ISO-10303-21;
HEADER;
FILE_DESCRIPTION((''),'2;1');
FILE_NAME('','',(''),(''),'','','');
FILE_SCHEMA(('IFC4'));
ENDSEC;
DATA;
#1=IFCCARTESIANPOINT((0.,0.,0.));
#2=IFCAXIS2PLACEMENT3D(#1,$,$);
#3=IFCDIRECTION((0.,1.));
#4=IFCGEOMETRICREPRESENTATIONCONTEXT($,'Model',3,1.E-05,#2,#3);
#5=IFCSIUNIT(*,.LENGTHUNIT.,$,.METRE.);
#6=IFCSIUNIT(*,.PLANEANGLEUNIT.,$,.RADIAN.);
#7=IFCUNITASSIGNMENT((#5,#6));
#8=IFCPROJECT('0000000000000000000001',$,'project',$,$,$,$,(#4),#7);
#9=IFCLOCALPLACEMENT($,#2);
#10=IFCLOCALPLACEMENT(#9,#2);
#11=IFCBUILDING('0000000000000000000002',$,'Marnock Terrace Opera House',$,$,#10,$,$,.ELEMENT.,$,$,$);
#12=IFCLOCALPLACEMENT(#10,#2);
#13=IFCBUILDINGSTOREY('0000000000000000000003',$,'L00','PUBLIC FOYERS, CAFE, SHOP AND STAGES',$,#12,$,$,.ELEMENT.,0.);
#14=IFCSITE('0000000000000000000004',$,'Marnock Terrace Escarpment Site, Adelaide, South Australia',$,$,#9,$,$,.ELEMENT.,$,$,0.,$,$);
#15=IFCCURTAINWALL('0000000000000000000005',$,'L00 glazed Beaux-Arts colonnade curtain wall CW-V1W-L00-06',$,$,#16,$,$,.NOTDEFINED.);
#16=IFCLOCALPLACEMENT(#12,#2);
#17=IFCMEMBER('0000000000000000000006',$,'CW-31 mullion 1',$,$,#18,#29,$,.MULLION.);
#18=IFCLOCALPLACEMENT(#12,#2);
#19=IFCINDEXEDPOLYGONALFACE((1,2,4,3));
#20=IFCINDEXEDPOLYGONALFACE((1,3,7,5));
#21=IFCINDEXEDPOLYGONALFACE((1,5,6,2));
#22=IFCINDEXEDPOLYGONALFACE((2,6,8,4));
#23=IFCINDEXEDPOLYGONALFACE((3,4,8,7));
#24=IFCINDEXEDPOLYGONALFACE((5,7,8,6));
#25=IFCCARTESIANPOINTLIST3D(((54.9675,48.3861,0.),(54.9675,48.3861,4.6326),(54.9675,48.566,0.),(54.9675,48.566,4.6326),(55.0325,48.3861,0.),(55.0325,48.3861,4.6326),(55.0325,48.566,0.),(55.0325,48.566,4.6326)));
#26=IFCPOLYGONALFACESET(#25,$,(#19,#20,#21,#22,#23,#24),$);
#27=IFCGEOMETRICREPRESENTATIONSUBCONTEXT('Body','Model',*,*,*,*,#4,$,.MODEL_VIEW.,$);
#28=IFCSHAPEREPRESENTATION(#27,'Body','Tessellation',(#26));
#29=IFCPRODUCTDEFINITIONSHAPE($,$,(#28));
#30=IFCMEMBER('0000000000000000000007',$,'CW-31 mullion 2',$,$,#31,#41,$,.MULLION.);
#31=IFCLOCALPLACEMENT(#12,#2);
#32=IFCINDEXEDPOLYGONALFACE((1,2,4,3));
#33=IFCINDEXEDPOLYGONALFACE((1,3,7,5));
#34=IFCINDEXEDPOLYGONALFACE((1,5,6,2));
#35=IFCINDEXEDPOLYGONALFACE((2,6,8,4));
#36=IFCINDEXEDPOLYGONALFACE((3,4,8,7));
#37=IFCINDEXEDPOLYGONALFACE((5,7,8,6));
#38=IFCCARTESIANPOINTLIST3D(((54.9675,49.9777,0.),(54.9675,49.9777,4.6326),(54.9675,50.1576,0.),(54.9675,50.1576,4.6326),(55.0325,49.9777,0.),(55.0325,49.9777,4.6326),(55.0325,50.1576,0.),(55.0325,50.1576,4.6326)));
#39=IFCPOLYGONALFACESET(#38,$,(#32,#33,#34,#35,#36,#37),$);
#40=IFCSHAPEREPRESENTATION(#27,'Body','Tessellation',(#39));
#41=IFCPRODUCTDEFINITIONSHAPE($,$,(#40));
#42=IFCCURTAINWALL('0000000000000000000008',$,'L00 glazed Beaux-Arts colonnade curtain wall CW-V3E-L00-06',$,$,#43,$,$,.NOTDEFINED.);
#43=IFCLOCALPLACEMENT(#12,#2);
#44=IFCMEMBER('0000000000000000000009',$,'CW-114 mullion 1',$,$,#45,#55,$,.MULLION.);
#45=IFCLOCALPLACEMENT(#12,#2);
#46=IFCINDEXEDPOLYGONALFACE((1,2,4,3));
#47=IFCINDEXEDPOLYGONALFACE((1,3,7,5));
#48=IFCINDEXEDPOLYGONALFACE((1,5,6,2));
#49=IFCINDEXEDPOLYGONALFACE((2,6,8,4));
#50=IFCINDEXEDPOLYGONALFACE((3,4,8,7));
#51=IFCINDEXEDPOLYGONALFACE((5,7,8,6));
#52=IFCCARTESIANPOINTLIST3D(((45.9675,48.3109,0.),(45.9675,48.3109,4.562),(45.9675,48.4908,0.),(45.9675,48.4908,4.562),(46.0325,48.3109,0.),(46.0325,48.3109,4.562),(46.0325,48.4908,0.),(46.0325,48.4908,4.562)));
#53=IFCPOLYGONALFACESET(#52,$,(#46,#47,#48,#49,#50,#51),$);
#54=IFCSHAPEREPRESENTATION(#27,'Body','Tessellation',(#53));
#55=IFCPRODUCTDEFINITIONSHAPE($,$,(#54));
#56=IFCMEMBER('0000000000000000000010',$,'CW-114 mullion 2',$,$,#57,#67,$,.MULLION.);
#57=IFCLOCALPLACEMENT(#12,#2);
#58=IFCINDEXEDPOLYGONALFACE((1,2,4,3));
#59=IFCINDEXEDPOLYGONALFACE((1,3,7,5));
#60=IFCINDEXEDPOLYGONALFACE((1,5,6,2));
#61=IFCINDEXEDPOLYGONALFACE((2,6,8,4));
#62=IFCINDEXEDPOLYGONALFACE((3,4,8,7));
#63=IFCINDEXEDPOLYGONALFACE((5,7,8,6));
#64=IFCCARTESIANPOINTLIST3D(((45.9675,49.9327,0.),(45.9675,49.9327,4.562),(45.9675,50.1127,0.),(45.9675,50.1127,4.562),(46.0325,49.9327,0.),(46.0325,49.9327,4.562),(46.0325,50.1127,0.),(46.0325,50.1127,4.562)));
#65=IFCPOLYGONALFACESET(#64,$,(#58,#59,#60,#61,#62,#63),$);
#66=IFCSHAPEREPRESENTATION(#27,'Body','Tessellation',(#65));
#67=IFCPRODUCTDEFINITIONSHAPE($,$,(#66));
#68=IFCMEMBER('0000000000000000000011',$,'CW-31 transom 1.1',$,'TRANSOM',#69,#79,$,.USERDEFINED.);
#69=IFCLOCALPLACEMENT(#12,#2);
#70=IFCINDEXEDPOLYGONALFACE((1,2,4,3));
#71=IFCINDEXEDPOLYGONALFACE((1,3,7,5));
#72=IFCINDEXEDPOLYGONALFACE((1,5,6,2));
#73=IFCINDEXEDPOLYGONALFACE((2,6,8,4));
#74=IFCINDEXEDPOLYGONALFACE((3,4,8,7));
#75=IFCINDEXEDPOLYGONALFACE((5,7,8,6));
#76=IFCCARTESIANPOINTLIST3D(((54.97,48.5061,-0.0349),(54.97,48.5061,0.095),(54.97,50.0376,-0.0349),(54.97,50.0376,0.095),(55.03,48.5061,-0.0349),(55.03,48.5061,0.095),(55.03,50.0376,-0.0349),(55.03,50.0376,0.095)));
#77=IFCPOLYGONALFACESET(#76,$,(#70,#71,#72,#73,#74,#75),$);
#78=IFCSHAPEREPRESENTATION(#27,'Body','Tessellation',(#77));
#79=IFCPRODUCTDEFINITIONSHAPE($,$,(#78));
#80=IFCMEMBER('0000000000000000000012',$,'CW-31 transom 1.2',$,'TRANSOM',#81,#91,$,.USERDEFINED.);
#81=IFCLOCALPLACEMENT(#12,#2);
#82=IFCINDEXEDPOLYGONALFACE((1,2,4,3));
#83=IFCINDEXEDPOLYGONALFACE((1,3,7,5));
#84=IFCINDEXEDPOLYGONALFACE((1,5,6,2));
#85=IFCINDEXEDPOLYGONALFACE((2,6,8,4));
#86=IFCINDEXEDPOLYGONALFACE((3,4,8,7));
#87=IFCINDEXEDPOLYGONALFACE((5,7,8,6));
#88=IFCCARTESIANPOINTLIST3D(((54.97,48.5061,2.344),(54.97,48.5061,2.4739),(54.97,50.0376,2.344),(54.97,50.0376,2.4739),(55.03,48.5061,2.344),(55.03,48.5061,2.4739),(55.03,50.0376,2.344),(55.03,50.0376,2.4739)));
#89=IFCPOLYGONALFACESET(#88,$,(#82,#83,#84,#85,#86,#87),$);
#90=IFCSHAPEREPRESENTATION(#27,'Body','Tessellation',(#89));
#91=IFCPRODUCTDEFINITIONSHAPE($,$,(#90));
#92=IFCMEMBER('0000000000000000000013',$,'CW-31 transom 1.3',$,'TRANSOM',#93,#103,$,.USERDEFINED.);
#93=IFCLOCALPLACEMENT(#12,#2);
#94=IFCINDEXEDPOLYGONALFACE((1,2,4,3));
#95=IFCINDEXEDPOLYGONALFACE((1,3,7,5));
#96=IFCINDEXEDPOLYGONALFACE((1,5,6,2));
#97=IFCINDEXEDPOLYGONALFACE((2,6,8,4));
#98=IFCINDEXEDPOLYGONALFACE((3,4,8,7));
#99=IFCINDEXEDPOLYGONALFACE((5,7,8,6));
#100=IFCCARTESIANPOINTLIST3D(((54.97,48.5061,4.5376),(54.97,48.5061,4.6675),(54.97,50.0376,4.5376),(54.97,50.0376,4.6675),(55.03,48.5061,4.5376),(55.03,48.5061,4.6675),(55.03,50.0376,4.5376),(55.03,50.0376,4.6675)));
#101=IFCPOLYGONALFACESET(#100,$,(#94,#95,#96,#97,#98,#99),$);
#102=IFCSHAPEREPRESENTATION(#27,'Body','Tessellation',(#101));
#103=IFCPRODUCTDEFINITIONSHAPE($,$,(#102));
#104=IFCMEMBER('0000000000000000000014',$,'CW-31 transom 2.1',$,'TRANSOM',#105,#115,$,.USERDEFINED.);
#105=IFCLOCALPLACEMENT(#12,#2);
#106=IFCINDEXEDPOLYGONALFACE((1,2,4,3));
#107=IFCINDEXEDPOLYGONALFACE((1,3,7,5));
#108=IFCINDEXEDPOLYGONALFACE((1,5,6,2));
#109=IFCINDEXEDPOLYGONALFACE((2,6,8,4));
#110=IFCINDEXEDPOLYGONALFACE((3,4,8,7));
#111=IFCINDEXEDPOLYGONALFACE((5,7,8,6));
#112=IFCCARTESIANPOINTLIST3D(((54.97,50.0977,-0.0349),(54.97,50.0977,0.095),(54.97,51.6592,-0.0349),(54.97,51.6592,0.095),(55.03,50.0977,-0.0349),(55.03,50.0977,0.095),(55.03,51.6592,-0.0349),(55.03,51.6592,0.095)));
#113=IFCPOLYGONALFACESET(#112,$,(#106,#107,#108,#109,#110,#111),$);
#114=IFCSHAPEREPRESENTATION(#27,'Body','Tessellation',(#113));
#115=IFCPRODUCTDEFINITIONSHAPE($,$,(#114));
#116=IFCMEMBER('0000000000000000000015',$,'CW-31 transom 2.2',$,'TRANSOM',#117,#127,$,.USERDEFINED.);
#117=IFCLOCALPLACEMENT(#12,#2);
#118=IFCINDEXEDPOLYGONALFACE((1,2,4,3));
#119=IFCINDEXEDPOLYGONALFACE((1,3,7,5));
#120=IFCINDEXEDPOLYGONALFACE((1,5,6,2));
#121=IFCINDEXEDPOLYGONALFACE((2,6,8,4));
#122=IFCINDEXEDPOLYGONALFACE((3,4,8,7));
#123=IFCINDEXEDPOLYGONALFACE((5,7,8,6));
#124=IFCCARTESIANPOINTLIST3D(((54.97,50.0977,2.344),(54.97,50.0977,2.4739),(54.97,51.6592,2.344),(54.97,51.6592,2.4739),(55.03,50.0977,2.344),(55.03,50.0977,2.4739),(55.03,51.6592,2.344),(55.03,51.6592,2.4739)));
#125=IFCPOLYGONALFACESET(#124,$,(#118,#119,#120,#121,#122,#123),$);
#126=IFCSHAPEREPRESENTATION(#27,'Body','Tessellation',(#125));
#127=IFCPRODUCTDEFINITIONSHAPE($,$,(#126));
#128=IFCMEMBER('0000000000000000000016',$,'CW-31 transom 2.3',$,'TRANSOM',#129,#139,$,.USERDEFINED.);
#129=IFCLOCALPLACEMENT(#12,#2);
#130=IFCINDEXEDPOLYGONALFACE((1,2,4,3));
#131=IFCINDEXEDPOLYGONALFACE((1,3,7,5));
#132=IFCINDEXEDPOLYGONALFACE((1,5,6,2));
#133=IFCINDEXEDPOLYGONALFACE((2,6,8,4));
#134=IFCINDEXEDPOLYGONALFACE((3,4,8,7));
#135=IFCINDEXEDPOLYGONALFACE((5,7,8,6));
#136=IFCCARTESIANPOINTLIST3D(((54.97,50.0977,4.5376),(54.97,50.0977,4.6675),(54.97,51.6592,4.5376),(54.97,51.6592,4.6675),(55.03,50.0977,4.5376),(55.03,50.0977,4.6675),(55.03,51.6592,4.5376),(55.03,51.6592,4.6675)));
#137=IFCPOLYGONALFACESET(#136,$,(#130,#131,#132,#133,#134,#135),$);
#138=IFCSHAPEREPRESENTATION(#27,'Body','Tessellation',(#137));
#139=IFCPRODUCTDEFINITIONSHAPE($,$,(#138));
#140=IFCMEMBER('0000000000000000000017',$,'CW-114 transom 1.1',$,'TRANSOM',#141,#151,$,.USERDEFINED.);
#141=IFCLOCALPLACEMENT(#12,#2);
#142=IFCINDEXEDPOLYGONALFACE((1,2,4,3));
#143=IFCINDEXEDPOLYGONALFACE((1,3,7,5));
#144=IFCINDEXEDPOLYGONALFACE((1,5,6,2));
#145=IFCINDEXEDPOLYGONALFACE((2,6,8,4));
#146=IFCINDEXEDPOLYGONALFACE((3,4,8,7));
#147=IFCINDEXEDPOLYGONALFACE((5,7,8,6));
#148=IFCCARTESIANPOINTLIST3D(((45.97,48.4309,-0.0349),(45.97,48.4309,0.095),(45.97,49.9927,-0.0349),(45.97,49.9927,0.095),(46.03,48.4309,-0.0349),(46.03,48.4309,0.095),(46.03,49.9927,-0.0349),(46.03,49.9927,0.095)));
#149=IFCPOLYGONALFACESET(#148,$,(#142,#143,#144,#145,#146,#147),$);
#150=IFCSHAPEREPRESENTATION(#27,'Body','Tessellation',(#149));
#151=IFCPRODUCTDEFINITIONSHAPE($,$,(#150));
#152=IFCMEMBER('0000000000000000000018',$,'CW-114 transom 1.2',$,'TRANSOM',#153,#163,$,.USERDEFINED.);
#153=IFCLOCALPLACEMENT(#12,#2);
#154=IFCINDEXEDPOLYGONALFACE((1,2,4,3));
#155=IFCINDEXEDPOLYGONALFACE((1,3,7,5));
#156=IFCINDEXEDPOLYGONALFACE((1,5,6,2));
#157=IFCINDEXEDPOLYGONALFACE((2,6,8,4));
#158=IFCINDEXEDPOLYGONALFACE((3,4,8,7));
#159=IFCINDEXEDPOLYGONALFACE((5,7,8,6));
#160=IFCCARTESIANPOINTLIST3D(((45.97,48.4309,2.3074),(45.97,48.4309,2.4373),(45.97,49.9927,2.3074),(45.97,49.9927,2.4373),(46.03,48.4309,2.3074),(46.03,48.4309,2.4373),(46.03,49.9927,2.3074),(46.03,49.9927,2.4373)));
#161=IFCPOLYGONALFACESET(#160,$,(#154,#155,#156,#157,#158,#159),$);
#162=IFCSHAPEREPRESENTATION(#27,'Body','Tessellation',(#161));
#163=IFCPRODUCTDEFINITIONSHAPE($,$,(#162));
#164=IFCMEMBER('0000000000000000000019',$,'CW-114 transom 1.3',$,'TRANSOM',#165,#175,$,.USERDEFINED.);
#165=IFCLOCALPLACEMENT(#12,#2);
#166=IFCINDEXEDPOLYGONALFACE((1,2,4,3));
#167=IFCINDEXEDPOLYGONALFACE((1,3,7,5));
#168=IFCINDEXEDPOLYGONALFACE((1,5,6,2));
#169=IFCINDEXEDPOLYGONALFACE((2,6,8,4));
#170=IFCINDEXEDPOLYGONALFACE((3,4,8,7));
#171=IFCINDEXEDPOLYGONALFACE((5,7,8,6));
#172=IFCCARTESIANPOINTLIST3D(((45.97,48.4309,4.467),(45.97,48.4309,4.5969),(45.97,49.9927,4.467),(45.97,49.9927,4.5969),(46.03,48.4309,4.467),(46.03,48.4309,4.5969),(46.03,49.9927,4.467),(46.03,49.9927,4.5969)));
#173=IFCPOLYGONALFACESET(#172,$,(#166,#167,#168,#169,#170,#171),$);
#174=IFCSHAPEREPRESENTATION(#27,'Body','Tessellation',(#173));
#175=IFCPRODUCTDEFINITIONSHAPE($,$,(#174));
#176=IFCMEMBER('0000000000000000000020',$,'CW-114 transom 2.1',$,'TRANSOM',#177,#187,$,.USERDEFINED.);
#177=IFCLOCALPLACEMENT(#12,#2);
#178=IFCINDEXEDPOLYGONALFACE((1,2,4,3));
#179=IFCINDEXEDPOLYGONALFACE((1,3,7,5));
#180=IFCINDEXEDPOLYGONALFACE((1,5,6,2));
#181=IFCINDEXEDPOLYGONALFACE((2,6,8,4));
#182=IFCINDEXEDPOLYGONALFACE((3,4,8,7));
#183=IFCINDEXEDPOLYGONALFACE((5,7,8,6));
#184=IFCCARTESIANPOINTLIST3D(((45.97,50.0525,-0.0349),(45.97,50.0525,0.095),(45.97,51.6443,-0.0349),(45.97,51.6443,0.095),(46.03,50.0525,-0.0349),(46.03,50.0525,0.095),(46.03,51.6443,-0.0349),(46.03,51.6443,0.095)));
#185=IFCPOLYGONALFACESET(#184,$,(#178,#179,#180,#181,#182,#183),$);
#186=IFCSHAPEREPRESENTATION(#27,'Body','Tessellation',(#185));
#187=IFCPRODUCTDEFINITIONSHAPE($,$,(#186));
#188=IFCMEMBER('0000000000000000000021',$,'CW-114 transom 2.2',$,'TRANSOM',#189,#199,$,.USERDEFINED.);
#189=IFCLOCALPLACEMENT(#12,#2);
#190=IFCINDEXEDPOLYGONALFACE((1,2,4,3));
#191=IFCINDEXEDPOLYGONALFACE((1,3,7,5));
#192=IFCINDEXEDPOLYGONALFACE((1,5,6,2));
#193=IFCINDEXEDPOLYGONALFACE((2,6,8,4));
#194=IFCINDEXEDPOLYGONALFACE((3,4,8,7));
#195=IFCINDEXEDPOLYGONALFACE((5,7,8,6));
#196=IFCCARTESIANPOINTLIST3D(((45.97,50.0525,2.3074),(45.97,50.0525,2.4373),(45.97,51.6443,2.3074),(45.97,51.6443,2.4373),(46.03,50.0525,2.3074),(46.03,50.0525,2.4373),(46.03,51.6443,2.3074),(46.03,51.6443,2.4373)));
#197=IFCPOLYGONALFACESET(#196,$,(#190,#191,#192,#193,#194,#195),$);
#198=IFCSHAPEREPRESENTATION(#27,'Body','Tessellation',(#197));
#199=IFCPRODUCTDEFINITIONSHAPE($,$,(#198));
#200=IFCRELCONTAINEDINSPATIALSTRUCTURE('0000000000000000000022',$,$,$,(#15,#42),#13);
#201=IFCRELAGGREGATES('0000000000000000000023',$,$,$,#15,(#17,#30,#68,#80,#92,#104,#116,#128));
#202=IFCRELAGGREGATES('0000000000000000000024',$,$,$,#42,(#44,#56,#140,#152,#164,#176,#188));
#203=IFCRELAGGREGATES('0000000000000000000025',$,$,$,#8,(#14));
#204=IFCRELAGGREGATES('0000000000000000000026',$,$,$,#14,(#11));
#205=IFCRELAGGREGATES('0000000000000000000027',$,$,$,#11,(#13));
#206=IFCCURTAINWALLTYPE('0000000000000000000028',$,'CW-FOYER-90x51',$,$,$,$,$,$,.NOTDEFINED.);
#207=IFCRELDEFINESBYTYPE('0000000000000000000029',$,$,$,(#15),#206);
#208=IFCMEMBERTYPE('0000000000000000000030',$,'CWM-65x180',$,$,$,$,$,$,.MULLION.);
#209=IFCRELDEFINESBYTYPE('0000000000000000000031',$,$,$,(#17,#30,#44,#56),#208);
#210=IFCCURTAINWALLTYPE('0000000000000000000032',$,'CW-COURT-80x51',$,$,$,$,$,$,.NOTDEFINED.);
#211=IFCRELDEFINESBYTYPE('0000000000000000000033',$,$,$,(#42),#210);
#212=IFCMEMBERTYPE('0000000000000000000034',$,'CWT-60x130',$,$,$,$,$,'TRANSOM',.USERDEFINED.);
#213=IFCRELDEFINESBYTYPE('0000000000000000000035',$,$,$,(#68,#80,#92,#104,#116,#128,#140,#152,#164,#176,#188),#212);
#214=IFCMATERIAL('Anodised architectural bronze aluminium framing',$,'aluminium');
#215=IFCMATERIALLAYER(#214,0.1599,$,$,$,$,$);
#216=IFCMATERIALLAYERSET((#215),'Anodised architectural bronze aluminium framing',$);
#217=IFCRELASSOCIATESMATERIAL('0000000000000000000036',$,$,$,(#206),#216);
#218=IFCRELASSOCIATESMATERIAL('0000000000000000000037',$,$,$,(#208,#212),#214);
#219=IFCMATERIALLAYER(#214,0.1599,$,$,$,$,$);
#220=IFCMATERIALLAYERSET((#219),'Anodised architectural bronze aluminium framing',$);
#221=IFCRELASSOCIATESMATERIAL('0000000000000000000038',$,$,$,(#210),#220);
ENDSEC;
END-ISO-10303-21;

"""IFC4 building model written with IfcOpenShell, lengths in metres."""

from ifc_helpers import new_model, si_unit, direction, frame, origin, origin_2d, place, context, subcontext, project, spatial, rectangle, extrude, material, layer, layer_set, material_profile, profile_set, type_object, element, aggregate, save


model = new_model("IFC4")

# Units and contexts
model_context = context("Model", 3, precision=1e-05, world=origin(), true_north=direction((0.0, 1.0)))
body_context = subcontext(model_context, "Body", "Model", "MODEL_VIEW")
ifc_project = project(units=[si_unit("LENGTHUNIT", "METRE"), si_unit("PLANEANGLEUNIT", "RADIAN")], contexts=[model_context])

# Site, building, storey
site_placement = place(None, origin())
site = spatial("IfcSite", under=ifc_project, at=site_placement, Name="Marnock Terrace Escarpment Site, Adelaide, South Australia", CompositionType="ELEMENT", RefElevation=0.0)
building_placement = place(site_placement, origin())
building = spatial("IfcBuilding", under=site, at=building_placement, Name="Marnock Terrace Opera House", CompositionType="ELEMENT")
storey_placement = place(building_placement, origin())
storey = spatial("IfcBuildingStorey", under=building, at=storey_placement, Name="L00", Description="PUBLIC FOYERS, CAFE, SHOP AND STAGES", CompositionType="ELEMENT", Elevation=0.0)

# Curtain walls, members
ifc_material_1 = material(Name="Anodised architectural bronze aluminium framing", Category="aluminium")
ifc_layer_1 = layer(ifc_material_1, 0.1599)
ifc_layer_set_1 = layer_set([ifc_layer_1], Name="Anodised architectural bronze aluminium framing")
curtain_wall_type_1 = type_object("IfcCurtainWallType", Name="CW-FOYER-90x51", PredefinedType="NOTDEFINED", material=ifc_layer_set_1)
curtain_wall_1_placement = place(storey_placement, origin())
curtain_wall_1 = element("IfcCurtainWall", 1, at=curtain_wall_1_placement, inside=storey, type_object=curtain_wall_type_1, Name="L00 glazed Beaux-Arts colonnade curtain wall CW-V1W-L00-06", PredefinedType="NOTDEFINED")
ifc_material_profile_1 = material_profile(ifc_material_1, rectangle(XDim=0.0649, YDim=0.1799, at=origin_2d()))
ifc_profile_set_1 = profile_set([ifc_material_profile_1], Name="Anodised architectural bronze aluminium framing")
member_type_1 = type_object("IfcMemberType", Name="CWM-65x180", PredefinedType="MULLION", material=ifc_profile_set_1)
member_1_placement = place(storey_placement, frame((55.0, 48.4761, 0.0), z_axis=(0.0, 0.0, 1.0), x_axis=(-1.0, 0.0, 0.0)))
member_1 = element("IfcMember", 2, at=member_1_placement, type_object=member_type_1, Name="CW-31 mullion 1", PredefinedType="MULLION", context=body_context, shape_type="SweptSolid", body=[
    extrude(rectangle(XDim=0.0649, YDim=0.1799, at=origin_2d()), origin(), (0.0, 0.0, 1.0), 4.6326),
])
member_2_placement = place(storey_placement, frame((55.0, 50.0676, 0.0), z_axis=(0.0, 0.0, 1.0), x_axis=(-1.0, 0.0, 0.0)))
member_2 = element("IfcMember", 3, at=member_2_placement, type_object=member_type_1, Name="CW-31 mullion 2", PredefinedType="MULLION", context=body_context, shape_type="SweptSolid", body=[
    extrude(rectangle(XDim=0.0649, YDim=0.1799, at=origin_2d()), origin(), (0.0, 0.0, 1.0), 4.6326),
])
ifc_layer_2 = layer(ifc_material_1, 0.1599)
ifc_layer_set_2 = layer_set([ifc_layer_2], Name="Anodised architectural bronze aluminium framing")
curtain_wall_type_2 = type_object("IfcCurtainWallType", Name="CW-COURT-80x51", PredefinedType="NOTDEFINED", material=ifc_layer_set_2)
curtain_wall_2_placement = place(storey_placement, origin())
curtain_wall_2 = element("IfcCurtainWall", 4, at=curtain_wall_2_placement, inside=storey, type_object=curtain_wall_type_2, Name="L00 glazed Beaux-Arts colonnade curtain wall CW-V3E-L00-06", PredefinedType="NOTDEFINED")
member_3_placement = place(storey_placement, frame((46.0, 48.4009, 0.0), z_axis=(0.0, 0.0, 1.0), x_axis=(-1.0, 0.0, 0.0)))
member_3 = element("IfcMember", 5, at=member_3_placement, type_object=member_type_1, Name="CW-114 mullion 1", PredefinedType="MULLION", context=body_context, shape_type="SweptSolid", body=[
    extrude(rectangle(XDim=0.0649, YDim=0.1799, at=origin_2d()), origin(), (0.0, 0.0, 1.0), 4.562),
])
member_4_placement = place(storey_placement, frame((46.0, 50.0227, 0.0), z_axis=(0.0, 0.0, 1.0), x_axis=(-1.0, 0.0, 0.0)))
member_4 = element("IfcMember", 6, at=member_4_placement, type_object=member_type_1, Name="CW-114 mullion 2", PredefinedType="MULLION", context=body_context, shape_type="SweptSolid", body=[
    extrude(rectangle(XDim=0.0649, YDim=0.1799, at=origin_2d()), origin(), (0.0, 0.0, 1.0), 4.562),
])

# Members
ifc_material_profile_2 = material_profile(ifc_material_1, rectangle(XDim=0.0601, YDim=0.1299, at=origin_2d()))
ifc_profile_set_2 = profile_set([ifc_material_profile_2], Name="Anodised architectural bronze aluminium framing")
member_type_2 = type_object("IfcMemberType", Name="CWT-60x130", ElementType="TRANSOM", PredefinedType="USERDEFINED", material=ifc_profile_set_2)
member_5_placement = place(storey_placement, frame((55.0, 48.5061, 0.03), z_axis=(0.0, 1.0, 0.0), x_axis=(-1.0, 0.0, 0.0)))
member_5 = element("IfcMember", 7, at=member_5_placement, type_object=member_type_2, Name="CW-31 transom 1.1", ObjectType="TRANSOM", PredefinedType="USERDEFINED", context=body_context, shape_type="SweptSolid", body=[
    extrude(rectangle(XDim=0.0601, YDim=0.1299, at=origin_2d()), origin(), (0.0, 0.0, 1.0), 1.5315),
])
member_6_placement = place(storey_placement, frame((55.0, 48.5061, 2.4089), z_axis=(0.0, 1.0, 0.0), x_axis=(-1.0, 0.0, 0.0)))
member_6 = element("IfcMember", 8, at=member_6_placement, type_object=member_type_2, Name="CW-31 transom 1.2", ObjectType="TRANSOM", PredefinedType="USERDEFINED", context=body_context, shape_type="SweptSolid", body=[
    extrude(rectangle(XDim=0.0601, YDim=0.1299, at=origin_2d()), origin(), (0.0, 0.0, 1.0), 1.5315),
])
member_7_placement = place(storey_placement, frame((55.0, 48.5061, 4.6025), z_axis=(0.0, 1.0, 0.0), x_axis=(-1.0, 0.0, 0.0)))
member_7 = element("IfcMember", 9, at=member_7_placement, type_object=member_type_2, Name="CW-31 transom 1.3", ObjectType="TRANSOM", PredefinedType="USERDEFINED", context=body_context, shape_type="SweptSolid", body=[
    extrude(rectangle(XDim=0.0601, YDim=0.1299, at=origin_2d()), origin(), (0.0, 0.0, 1.0), 1.5315),
])
member_8_placement = place(storey_placement, frame((55.0, 50.0977, 0.03), z_axis=(0.0, 1.0, 0.0), x_axis=(-1.0, 0.0, 0.0)))
member_8 = element("IfcMember", 10, at=member_8_placement, type_object=member_type_2, Name="CW-31 transom 2.1", ObjectType="TRANSOM", PredefinedType="USERDEFINED", context=body_context, shape_type="SweptSolid", body=[
    extrude(rectangle(XDim=0.0601, YDim=0.1299, at=origin_2d()), origin(), (0.0, 0.0, 1.0), 1.5615),
])
member_9_placement = place(storey_placement, frame((55.0, 50.0977, 2.4089), z_axis=(0.0, 1.0, 0.0), x_axis=(-1.0, 0.0, 0.0)))
member_9 = element("IfcMember", 11, at=member_9_placement, type_object=member_type_2, Name="CW-31 transom 2.2", ObjectType="TRANSOM", PredefinedType="USERDEFINED", context=body_context, shape_type="SweptSolid", body=[
    extrude(rectangle(XDim=0.0601, YDim=0.1299, at=origin_2d()), origin(), (0.0, 0.0, 1.0), 1.5615),
])
member_10_placement = place(storey_placement, frame((55.0, 50.0977, 4.6025), z_axis=(0.0, 1.0, 0.0), x_axis=(-1.0, 0.0, 0.0)))
member_10 = element("IfcMember", 12, at=member_10_placement, type_object=member_type_2, Name="CW-31 transom 2.3", ObjectType="TRANSOM", PredefinedType="USERDEFINED", context=body_context, shape_type="SweptSolid", body=[
    extrude(rectangle(XDim=0.0601, YDim=0.1299, at=origin_2d()), origin(), (0.0, 0.0, 1.0), 1.5615),
])
member_11_placement = place(storey_placement, frame((46.0, 48.4309, 0.03), z_axis=(0.0, 1.0, 0.0), x_axis=(-1.0, 0.0, 0.0)))
member_11 = element("IfcMember", 13, at=member_11_placement, type_object=member_type_2, Name="CW-114 transom 1.1", ObjectType="TRANSOM", PredefinedType="USERDEFINED", context=body_context, shape_type="SweptSolid", body=[
    extrude(rectangle(XDim=0.0601, YDim=0.1299, at=origin_2d()), origin(), (0.0, 0.0, 1.0), 1.5618),
])
member_12_placement = place(storey_placement, frame((46.0, 48.4309, 2.3723), z_axis=(0.0, 1.0, 0.0), x_axis=(-1.0, 0.0, 0.0)))
member_12 = element("IfcMember", 14, at=member_12_placement, type_object=member_type_2, Name="CW-114 transom 1.2", ObjectType="TRANSOM", PredefinedType="USERDEFINED", context=body_context, shape_type="SweptSolid", body=[
    extrude(rectangle(XDim=0.0601, YDim=0.1299, at=origin_2d()), origin(), (0.0, 0.0, 1.0), 1.5618),
])
member_13_placement = place(storey_placement, frame((46.0, 48.4309, 4.532), z_axis=(0.0, 1.0, 0.0), x_axis=(-1.0, 0.0, 0.0)))
member_13 = element("IfcMember", 15, at=member_13_placement, type_object=member_type_2, Name="CW-114 transom 1.3", ObjectType="TRANSOM", PredefinedType="USERDEFINED", context=body_context, shape_type="SweptSolid", body=[
    extrude(rectangle(XDim=0.0601, YDim=0.1299, at=origin_2d()), origin(), (0.0, 0.0, 1.0), 1.5618),
])
member_14_placement = place(storey_placement, frame((46.0, 50.0525, 0.03), z_axis=(0.0, 1.0, 0.0), x_axis=(-1.0, 0.0, 0.0)))
member_14 = element("IfcMember", 16, at=member_14_placement, type_object=member_type_2, Name="CW-114 transom 2.1", ObjectType="TRANSOM", PredefinedType="USERDEFINED", context=body_context, shape_type="SweptSolid", body=[
    extrude(rectangle(XDim=0.0601, YDim=0.1299, at=origin_2d()), origin(), (0.0, 0.0, 1.0), 1.5918),
])
member_15_placement = place(storey_placement, frame((46.0, 50.0525, 2.3723), z_axis=(0.0, 1.0, 0.0), x_axis=(-1.0, 0.0, 0.0)))
member_15 = element("IfcMember", 17, at=member_15_placement, type_object=member_type_2, Name="CW-114 transom 2.2", ObjectType="TRANSOM", PredefinedType="USERDEFINED", context=body_context, shape_type="SweptSolid", body=[
    extrude(rectangle(XDim=0.0601, YDim=0.1299, at=origin_2d()), origin(), (0.0, 0.0, 1.0), 1.5918),
])

aggregate(curtain_wall_1, [member_1, member_2, member_5, member_6, member_7, member_8, member_9, member_10])
aggregate(curtain_wall_2, [member_3, member_4, member_11, member_12, member_13, member_14, member_15])

save(model, "model.ifc")
